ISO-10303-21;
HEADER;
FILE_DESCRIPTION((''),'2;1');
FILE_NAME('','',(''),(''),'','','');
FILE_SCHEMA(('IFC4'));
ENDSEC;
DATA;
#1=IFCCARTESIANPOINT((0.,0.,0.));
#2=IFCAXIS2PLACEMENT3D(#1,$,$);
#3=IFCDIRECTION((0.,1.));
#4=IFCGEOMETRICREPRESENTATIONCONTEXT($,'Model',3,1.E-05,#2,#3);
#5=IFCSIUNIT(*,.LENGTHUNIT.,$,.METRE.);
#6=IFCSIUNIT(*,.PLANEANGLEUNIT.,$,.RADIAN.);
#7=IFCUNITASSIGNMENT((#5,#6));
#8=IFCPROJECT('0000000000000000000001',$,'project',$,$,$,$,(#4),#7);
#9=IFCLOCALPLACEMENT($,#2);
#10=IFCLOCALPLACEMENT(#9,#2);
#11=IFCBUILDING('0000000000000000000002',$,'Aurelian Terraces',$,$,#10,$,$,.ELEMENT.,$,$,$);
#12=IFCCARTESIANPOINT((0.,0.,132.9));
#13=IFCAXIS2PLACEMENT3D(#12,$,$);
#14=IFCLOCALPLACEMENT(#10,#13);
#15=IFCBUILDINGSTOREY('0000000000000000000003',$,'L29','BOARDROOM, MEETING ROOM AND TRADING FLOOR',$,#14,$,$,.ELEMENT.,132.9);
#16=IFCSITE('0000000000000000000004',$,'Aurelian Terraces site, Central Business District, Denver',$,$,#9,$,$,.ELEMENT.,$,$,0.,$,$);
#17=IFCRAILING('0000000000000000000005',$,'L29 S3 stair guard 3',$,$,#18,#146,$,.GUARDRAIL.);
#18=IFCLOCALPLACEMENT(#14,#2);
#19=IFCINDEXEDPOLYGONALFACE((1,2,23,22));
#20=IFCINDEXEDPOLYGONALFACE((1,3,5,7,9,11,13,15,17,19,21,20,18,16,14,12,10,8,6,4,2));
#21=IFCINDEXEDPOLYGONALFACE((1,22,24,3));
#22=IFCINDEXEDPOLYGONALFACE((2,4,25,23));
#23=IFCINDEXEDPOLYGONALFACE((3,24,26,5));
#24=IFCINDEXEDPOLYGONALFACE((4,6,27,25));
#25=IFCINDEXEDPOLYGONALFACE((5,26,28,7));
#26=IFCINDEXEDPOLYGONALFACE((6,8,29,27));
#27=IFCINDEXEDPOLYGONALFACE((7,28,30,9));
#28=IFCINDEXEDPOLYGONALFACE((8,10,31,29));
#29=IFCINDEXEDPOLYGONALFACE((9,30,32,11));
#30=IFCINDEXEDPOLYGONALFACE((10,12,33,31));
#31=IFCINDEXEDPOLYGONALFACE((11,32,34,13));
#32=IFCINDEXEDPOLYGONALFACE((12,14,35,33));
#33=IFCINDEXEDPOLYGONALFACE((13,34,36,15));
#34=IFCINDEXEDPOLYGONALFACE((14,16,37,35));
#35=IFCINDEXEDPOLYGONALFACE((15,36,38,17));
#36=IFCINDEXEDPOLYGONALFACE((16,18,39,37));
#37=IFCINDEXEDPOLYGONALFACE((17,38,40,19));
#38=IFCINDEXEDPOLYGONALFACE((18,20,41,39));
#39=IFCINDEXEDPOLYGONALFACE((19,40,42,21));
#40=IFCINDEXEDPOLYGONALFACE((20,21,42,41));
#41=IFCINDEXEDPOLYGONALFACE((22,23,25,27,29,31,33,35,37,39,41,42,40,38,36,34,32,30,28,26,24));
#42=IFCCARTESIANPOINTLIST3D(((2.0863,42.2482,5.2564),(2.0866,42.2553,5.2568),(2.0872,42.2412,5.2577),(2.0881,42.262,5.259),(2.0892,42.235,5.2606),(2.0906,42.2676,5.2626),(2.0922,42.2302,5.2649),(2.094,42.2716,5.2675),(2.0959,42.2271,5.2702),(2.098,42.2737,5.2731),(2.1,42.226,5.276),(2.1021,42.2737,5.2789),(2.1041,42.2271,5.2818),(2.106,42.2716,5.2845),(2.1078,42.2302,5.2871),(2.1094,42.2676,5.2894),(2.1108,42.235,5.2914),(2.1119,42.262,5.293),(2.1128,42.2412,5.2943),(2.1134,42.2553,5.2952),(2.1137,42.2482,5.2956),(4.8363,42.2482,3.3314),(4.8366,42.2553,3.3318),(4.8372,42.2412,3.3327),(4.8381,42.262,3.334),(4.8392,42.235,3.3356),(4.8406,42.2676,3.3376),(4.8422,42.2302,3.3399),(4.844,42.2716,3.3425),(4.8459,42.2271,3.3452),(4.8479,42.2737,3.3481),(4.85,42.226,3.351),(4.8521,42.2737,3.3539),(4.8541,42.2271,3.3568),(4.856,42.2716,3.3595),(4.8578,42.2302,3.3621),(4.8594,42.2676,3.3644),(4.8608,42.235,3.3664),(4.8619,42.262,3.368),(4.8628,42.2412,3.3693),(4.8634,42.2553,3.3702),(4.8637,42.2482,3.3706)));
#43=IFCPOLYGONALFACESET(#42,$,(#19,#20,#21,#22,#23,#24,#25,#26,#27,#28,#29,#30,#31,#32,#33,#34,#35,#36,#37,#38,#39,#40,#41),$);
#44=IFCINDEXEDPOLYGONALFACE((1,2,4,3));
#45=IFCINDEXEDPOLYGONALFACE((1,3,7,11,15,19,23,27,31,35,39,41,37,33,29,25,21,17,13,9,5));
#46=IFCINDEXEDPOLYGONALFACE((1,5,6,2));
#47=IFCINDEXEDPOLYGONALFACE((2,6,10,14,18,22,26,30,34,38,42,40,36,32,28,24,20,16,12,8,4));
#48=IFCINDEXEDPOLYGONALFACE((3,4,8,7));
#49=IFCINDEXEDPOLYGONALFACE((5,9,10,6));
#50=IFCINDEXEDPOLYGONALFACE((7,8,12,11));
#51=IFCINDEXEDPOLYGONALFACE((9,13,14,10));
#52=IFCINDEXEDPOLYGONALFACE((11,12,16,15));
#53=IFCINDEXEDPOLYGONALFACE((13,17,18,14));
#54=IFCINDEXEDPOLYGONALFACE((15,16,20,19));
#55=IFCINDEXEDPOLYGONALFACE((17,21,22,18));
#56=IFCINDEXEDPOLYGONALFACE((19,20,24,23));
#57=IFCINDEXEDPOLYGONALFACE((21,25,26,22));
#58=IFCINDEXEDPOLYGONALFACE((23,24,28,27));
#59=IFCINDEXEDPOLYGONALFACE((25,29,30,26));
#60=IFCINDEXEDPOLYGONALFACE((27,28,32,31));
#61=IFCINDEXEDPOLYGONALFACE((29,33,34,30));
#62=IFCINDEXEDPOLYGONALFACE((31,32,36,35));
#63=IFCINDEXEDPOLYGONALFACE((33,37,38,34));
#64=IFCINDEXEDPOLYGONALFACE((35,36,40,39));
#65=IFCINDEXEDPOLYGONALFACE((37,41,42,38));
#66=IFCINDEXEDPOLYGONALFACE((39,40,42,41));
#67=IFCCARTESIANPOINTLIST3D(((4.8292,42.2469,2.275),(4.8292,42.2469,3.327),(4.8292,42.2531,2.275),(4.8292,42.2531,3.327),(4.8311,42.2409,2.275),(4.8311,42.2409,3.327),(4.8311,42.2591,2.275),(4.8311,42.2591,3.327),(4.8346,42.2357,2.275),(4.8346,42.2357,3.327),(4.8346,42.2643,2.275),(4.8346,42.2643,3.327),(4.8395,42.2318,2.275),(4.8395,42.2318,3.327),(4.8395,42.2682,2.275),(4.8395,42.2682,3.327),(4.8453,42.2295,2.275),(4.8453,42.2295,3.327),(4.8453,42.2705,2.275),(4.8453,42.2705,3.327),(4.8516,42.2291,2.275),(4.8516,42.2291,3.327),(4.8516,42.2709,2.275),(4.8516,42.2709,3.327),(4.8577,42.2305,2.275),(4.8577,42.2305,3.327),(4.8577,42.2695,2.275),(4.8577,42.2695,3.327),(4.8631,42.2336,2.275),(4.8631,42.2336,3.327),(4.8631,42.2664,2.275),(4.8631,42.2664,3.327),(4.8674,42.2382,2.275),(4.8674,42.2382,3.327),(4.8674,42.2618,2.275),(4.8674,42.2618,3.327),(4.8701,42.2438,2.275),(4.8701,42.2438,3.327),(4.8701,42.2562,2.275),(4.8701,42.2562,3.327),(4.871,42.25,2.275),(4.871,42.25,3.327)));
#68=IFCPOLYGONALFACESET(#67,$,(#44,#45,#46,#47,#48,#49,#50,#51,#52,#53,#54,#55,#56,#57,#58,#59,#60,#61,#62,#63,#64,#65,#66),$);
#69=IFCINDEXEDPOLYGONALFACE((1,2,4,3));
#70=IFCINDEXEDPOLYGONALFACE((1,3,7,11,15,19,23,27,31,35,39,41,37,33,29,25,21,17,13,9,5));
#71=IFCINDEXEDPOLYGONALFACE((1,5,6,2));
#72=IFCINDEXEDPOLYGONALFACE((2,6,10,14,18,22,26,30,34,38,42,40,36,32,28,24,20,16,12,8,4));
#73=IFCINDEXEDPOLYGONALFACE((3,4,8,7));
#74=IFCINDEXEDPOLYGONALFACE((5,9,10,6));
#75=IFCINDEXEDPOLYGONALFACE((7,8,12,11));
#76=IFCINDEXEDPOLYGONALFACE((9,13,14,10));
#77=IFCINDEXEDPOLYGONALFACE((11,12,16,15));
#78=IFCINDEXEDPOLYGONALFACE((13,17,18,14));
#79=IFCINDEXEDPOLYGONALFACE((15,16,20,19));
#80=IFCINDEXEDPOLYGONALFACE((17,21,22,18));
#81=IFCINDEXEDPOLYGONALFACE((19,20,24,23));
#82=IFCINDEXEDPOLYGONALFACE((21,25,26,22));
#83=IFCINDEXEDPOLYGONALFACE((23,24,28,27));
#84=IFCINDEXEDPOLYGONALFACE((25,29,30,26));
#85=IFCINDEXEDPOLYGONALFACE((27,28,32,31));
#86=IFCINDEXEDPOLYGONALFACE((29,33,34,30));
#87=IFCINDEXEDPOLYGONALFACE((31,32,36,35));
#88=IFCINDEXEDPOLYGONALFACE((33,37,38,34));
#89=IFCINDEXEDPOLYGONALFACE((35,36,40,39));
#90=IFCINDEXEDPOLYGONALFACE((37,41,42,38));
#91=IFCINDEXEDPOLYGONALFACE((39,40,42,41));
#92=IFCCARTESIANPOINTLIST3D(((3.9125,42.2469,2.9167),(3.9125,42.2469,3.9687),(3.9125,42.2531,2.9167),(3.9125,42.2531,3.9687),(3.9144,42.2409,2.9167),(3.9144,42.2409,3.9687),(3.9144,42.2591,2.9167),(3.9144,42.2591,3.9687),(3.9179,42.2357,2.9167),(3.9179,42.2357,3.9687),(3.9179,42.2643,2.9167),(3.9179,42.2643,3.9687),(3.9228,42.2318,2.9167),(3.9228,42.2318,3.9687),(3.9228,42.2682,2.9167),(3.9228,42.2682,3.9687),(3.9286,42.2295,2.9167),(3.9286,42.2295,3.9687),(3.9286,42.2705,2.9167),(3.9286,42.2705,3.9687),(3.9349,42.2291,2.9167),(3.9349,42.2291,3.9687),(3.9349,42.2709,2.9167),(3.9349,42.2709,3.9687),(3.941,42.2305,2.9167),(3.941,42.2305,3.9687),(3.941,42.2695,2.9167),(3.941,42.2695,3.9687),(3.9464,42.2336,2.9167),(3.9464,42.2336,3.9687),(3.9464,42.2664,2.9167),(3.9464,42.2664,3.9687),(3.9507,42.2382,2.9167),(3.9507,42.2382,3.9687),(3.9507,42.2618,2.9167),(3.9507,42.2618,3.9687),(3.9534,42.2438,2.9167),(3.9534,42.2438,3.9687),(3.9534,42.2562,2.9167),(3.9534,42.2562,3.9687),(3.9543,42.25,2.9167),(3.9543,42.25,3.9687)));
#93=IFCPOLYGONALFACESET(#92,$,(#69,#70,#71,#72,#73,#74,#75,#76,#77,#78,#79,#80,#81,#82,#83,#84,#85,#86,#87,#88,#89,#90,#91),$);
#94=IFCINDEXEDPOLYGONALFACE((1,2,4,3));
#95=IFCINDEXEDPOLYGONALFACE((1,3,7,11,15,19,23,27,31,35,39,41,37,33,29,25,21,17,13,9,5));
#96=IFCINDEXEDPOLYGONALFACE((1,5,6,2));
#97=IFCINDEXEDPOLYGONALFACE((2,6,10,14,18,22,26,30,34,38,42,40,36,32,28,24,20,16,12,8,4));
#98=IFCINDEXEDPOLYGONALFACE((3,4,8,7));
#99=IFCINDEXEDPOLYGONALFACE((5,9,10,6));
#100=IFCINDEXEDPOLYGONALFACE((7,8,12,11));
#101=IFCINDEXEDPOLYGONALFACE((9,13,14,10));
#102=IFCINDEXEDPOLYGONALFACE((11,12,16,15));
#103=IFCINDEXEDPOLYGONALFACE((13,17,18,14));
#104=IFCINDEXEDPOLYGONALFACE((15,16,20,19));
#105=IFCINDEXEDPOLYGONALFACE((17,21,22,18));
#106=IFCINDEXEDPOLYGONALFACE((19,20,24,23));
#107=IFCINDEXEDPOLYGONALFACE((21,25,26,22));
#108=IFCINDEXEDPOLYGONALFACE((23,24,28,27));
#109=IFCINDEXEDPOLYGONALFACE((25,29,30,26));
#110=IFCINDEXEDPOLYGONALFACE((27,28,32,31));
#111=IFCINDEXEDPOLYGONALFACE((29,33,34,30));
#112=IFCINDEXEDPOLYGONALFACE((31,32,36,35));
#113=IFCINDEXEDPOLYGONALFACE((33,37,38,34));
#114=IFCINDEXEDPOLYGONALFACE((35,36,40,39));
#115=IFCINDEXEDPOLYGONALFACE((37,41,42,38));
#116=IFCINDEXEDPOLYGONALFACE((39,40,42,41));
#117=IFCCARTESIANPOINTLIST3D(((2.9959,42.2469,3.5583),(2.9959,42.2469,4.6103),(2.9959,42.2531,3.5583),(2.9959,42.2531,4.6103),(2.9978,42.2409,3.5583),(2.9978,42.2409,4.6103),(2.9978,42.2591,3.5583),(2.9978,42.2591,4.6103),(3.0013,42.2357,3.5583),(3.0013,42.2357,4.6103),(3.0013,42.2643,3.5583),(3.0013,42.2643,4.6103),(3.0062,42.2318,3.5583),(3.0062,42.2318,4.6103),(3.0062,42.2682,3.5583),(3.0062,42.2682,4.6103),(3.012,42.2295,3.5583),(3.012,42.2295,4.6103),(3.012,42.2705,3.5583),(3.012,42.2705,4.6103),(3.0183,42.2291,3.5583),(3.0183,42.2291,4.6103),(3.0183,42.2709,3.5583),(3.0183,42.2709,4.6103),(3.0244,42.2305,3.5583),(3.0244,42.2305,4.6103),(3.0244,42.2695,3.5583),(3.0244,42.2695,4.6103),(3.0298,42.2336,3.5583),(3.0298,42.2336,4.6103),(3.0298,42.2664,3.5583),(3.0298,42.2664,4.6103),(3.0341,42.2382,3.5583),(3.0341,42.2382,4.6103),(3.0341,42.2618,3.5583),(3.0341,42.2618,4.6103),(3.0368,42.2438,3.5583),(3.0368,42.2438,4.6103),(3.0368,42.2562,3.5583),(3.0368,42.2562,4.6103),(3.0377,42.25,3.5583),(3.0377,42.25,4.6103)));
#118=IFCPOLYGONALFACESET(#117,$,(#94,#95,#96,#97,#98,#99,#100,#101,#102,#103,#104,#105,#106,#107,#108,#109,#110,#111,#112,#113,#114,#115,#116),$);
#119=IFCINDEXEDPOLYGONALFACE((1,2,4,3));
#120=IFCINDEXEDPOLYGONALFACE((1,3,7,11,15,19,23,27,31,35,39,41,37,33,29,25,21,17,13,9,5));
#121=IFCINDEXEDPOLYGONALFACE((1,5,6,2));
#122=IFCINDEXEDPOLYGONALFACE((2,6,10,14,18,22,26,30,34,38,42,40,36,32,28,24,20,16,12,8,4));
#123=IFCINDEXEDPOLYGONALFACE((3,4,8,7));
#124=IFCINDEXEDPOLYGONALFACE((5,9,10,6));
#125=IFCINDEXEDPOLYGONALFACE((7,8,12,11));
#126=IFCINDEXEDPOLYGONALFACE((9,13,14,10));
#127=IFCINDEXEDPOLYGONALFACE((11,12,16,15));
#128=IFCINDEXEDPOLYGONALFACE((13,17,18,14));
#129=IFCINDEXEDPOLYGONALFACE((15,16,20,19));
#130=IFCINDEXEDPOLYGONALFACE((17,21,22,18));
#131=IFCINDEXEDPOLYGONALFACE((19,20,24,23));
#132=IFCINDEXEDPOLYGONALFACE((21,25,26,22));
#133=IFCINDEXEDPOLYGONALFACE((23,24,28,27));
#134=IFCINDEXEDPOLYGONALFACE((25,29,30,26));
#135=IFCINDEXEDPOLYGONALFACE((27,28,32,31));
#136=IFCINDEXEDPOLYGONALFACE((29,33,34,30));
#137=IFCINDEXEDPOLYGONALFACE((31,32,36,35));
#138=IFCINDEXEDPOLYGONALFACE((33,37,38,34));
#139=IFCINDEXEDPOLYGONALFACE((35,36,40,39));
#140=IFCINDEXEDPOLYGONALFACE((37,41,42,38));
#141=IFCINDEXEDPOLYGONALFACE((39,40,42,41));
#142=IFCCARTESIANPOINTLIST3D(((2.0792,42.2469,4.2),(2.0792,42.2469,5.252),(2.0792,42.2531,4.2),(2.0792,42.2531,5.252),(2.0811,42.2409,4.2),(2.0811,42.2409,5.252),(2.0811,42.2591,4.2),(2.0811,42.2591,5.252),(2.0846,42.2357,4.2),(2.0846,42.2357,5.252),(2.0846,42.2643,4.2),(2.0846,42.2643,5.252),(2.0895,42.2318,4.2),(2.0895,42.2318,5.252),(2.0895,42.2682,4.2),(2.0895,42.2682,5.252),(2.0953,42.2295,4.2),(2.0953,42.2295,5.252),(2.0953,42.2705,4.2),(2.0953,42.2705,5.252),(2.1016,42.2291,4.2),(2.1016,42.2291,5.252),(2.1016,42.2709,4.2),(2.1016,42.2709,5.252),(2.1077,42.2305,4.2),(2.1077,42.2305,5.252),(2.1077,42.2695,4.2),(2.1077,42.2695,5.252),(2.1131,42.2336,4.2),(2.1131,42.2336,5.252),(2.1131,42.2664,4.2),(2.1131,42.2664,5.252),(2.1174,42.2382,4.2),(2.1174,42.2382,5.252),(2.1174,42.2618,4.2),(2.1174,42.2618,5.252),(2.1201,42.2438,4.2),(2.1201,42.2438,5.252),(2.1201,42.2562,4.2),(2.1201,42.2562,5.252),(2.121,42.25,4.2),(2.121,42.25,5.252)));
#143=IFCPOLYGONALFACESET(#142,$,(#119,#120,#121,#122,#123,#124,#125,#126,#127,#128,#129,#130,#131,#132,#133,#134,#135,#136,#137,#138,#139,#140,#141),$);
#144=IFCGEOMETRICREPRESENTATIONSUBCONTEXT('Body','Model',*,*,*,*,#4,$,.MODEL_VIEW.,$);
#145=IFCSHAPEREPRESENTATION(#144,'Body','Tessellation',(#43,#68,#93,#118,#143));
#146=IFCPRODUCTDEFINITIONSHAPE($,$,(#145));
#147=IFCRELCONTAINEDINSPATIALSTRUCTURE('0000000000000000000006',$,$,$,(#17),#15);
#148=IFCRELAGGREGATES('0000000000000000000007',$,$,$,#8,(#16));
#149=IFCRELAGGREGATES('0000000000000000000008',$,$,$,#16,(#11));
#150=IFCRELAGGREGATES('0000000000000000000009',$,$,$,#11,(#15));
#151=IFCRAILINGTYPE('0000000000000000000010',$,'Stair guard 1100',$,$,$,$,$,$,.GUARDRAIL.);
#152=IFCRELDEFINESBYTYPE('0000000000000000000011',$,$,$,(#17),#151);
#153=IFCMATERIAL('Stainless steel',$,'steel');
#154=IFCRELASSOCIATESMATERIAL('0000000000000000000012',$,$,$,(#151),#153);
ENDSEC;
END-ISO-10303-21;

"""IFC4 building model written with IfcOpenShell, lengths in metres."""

from ifc_helpers import new_model, si_unit, direction, frame, origin, origin_2d, place, context, subcontext, project, spatial, circle, extrude, source, transform, mapped, material, type_object, element, save


model = new_model("IFC4")

# Units and contexts
model_context = context("Model", 3, precision=1e-05, world=origin(), true_north=direction((0.0, 1.0)))
body_context = subcontext(model_context, "Body", "Model", "MODEL_VIEW")
ifc_project = project(units=[si_unit("LENGTHUNIT", "METRE"), si_unit("PLANEANGLEUNIT", "RADIAN")], contexts=[model_context])

# Site, building, storey
site_placement = place(None, origin())
site = spatial("IfcSite", under=ifc_project, at=site_placement, Name="Aurelian Terraces site, Central Business District, Denver", CompositionType="ELEMENT", RefElevation=0.0)
building_placement = place(site_placement, origin())
building = spatial("IfcBuilding", under=site, at=building_placement, Name="Aurelian Terraces", CompositionType="ELEMENT")
storey_placement = place(building_placement, frame((0.0, 0.0, 132.9)))
storey = spatial("IfcBuildingStorey", under=building, at=storey_placement, Name="L29", Description="BOARDROOM, MEETING ROOM AND TRADING FLOOR", CompositionType="ELEMENT", Elevation=132.9)

# Railing
ifc_material_1 = material(Name="Stainless steel", Category="steel")
railing_type_1 = type_object("IfcRailingType", Name="Stair guard 1100", PredefinedType="GUARDRAIL", material=ifc_material_1)
shared_shape_1 = source(origin(), body_context, "Body", "SweptSolid", [
    extrude(circle(Radius=0.024, at=origin_2d()), frame((0.0, 0.0, 1.076), z_axis=(-0.819232, 0.0, 0.573462), x_axis=(0.0, -1.0, 0.0)), (0.0, 0.0, 1.0), 3.3568),
    extrude(circle(Radius=0.021, at=origin_2d()), origin(), (0.0, 0.0, 1.0), 1.052),
    extrude(circle(Radius=0.021, at=origin_2d()), frame((-0.9167, 0.0, 0.6417)), (0.0, 0.0, 1.0), 1.052),
    extrude(circle(Radius=0.021, at=origin_2d()), frame((-1.8333, 0.0, 1.2833)), (0.0, 0.0, 1.0), 1.052),
    extrude(circle(Radius=0.021, at=origin_2d()), frame((-2.75, 0.0, 1.925)), (0.0, 0.0, 1.0), 1.052),
])
railing_1_placement = place(storey_placement, frame((4.85, 42.25, 2.275)))
element("IfcRailing", 1, at=railing_1_placement, inside=storey, type_object=railing_type_1, Name="L29 S3 stair guard 3", PredefinedType="GUARDRAIL", context=body_context, shape_type="MappedRepresentation", body=[
    mapped(shared_shape_1, transform((0.0, 0.0, 0.0), scale=1.0)),
])

save(model, "model.ifc")
